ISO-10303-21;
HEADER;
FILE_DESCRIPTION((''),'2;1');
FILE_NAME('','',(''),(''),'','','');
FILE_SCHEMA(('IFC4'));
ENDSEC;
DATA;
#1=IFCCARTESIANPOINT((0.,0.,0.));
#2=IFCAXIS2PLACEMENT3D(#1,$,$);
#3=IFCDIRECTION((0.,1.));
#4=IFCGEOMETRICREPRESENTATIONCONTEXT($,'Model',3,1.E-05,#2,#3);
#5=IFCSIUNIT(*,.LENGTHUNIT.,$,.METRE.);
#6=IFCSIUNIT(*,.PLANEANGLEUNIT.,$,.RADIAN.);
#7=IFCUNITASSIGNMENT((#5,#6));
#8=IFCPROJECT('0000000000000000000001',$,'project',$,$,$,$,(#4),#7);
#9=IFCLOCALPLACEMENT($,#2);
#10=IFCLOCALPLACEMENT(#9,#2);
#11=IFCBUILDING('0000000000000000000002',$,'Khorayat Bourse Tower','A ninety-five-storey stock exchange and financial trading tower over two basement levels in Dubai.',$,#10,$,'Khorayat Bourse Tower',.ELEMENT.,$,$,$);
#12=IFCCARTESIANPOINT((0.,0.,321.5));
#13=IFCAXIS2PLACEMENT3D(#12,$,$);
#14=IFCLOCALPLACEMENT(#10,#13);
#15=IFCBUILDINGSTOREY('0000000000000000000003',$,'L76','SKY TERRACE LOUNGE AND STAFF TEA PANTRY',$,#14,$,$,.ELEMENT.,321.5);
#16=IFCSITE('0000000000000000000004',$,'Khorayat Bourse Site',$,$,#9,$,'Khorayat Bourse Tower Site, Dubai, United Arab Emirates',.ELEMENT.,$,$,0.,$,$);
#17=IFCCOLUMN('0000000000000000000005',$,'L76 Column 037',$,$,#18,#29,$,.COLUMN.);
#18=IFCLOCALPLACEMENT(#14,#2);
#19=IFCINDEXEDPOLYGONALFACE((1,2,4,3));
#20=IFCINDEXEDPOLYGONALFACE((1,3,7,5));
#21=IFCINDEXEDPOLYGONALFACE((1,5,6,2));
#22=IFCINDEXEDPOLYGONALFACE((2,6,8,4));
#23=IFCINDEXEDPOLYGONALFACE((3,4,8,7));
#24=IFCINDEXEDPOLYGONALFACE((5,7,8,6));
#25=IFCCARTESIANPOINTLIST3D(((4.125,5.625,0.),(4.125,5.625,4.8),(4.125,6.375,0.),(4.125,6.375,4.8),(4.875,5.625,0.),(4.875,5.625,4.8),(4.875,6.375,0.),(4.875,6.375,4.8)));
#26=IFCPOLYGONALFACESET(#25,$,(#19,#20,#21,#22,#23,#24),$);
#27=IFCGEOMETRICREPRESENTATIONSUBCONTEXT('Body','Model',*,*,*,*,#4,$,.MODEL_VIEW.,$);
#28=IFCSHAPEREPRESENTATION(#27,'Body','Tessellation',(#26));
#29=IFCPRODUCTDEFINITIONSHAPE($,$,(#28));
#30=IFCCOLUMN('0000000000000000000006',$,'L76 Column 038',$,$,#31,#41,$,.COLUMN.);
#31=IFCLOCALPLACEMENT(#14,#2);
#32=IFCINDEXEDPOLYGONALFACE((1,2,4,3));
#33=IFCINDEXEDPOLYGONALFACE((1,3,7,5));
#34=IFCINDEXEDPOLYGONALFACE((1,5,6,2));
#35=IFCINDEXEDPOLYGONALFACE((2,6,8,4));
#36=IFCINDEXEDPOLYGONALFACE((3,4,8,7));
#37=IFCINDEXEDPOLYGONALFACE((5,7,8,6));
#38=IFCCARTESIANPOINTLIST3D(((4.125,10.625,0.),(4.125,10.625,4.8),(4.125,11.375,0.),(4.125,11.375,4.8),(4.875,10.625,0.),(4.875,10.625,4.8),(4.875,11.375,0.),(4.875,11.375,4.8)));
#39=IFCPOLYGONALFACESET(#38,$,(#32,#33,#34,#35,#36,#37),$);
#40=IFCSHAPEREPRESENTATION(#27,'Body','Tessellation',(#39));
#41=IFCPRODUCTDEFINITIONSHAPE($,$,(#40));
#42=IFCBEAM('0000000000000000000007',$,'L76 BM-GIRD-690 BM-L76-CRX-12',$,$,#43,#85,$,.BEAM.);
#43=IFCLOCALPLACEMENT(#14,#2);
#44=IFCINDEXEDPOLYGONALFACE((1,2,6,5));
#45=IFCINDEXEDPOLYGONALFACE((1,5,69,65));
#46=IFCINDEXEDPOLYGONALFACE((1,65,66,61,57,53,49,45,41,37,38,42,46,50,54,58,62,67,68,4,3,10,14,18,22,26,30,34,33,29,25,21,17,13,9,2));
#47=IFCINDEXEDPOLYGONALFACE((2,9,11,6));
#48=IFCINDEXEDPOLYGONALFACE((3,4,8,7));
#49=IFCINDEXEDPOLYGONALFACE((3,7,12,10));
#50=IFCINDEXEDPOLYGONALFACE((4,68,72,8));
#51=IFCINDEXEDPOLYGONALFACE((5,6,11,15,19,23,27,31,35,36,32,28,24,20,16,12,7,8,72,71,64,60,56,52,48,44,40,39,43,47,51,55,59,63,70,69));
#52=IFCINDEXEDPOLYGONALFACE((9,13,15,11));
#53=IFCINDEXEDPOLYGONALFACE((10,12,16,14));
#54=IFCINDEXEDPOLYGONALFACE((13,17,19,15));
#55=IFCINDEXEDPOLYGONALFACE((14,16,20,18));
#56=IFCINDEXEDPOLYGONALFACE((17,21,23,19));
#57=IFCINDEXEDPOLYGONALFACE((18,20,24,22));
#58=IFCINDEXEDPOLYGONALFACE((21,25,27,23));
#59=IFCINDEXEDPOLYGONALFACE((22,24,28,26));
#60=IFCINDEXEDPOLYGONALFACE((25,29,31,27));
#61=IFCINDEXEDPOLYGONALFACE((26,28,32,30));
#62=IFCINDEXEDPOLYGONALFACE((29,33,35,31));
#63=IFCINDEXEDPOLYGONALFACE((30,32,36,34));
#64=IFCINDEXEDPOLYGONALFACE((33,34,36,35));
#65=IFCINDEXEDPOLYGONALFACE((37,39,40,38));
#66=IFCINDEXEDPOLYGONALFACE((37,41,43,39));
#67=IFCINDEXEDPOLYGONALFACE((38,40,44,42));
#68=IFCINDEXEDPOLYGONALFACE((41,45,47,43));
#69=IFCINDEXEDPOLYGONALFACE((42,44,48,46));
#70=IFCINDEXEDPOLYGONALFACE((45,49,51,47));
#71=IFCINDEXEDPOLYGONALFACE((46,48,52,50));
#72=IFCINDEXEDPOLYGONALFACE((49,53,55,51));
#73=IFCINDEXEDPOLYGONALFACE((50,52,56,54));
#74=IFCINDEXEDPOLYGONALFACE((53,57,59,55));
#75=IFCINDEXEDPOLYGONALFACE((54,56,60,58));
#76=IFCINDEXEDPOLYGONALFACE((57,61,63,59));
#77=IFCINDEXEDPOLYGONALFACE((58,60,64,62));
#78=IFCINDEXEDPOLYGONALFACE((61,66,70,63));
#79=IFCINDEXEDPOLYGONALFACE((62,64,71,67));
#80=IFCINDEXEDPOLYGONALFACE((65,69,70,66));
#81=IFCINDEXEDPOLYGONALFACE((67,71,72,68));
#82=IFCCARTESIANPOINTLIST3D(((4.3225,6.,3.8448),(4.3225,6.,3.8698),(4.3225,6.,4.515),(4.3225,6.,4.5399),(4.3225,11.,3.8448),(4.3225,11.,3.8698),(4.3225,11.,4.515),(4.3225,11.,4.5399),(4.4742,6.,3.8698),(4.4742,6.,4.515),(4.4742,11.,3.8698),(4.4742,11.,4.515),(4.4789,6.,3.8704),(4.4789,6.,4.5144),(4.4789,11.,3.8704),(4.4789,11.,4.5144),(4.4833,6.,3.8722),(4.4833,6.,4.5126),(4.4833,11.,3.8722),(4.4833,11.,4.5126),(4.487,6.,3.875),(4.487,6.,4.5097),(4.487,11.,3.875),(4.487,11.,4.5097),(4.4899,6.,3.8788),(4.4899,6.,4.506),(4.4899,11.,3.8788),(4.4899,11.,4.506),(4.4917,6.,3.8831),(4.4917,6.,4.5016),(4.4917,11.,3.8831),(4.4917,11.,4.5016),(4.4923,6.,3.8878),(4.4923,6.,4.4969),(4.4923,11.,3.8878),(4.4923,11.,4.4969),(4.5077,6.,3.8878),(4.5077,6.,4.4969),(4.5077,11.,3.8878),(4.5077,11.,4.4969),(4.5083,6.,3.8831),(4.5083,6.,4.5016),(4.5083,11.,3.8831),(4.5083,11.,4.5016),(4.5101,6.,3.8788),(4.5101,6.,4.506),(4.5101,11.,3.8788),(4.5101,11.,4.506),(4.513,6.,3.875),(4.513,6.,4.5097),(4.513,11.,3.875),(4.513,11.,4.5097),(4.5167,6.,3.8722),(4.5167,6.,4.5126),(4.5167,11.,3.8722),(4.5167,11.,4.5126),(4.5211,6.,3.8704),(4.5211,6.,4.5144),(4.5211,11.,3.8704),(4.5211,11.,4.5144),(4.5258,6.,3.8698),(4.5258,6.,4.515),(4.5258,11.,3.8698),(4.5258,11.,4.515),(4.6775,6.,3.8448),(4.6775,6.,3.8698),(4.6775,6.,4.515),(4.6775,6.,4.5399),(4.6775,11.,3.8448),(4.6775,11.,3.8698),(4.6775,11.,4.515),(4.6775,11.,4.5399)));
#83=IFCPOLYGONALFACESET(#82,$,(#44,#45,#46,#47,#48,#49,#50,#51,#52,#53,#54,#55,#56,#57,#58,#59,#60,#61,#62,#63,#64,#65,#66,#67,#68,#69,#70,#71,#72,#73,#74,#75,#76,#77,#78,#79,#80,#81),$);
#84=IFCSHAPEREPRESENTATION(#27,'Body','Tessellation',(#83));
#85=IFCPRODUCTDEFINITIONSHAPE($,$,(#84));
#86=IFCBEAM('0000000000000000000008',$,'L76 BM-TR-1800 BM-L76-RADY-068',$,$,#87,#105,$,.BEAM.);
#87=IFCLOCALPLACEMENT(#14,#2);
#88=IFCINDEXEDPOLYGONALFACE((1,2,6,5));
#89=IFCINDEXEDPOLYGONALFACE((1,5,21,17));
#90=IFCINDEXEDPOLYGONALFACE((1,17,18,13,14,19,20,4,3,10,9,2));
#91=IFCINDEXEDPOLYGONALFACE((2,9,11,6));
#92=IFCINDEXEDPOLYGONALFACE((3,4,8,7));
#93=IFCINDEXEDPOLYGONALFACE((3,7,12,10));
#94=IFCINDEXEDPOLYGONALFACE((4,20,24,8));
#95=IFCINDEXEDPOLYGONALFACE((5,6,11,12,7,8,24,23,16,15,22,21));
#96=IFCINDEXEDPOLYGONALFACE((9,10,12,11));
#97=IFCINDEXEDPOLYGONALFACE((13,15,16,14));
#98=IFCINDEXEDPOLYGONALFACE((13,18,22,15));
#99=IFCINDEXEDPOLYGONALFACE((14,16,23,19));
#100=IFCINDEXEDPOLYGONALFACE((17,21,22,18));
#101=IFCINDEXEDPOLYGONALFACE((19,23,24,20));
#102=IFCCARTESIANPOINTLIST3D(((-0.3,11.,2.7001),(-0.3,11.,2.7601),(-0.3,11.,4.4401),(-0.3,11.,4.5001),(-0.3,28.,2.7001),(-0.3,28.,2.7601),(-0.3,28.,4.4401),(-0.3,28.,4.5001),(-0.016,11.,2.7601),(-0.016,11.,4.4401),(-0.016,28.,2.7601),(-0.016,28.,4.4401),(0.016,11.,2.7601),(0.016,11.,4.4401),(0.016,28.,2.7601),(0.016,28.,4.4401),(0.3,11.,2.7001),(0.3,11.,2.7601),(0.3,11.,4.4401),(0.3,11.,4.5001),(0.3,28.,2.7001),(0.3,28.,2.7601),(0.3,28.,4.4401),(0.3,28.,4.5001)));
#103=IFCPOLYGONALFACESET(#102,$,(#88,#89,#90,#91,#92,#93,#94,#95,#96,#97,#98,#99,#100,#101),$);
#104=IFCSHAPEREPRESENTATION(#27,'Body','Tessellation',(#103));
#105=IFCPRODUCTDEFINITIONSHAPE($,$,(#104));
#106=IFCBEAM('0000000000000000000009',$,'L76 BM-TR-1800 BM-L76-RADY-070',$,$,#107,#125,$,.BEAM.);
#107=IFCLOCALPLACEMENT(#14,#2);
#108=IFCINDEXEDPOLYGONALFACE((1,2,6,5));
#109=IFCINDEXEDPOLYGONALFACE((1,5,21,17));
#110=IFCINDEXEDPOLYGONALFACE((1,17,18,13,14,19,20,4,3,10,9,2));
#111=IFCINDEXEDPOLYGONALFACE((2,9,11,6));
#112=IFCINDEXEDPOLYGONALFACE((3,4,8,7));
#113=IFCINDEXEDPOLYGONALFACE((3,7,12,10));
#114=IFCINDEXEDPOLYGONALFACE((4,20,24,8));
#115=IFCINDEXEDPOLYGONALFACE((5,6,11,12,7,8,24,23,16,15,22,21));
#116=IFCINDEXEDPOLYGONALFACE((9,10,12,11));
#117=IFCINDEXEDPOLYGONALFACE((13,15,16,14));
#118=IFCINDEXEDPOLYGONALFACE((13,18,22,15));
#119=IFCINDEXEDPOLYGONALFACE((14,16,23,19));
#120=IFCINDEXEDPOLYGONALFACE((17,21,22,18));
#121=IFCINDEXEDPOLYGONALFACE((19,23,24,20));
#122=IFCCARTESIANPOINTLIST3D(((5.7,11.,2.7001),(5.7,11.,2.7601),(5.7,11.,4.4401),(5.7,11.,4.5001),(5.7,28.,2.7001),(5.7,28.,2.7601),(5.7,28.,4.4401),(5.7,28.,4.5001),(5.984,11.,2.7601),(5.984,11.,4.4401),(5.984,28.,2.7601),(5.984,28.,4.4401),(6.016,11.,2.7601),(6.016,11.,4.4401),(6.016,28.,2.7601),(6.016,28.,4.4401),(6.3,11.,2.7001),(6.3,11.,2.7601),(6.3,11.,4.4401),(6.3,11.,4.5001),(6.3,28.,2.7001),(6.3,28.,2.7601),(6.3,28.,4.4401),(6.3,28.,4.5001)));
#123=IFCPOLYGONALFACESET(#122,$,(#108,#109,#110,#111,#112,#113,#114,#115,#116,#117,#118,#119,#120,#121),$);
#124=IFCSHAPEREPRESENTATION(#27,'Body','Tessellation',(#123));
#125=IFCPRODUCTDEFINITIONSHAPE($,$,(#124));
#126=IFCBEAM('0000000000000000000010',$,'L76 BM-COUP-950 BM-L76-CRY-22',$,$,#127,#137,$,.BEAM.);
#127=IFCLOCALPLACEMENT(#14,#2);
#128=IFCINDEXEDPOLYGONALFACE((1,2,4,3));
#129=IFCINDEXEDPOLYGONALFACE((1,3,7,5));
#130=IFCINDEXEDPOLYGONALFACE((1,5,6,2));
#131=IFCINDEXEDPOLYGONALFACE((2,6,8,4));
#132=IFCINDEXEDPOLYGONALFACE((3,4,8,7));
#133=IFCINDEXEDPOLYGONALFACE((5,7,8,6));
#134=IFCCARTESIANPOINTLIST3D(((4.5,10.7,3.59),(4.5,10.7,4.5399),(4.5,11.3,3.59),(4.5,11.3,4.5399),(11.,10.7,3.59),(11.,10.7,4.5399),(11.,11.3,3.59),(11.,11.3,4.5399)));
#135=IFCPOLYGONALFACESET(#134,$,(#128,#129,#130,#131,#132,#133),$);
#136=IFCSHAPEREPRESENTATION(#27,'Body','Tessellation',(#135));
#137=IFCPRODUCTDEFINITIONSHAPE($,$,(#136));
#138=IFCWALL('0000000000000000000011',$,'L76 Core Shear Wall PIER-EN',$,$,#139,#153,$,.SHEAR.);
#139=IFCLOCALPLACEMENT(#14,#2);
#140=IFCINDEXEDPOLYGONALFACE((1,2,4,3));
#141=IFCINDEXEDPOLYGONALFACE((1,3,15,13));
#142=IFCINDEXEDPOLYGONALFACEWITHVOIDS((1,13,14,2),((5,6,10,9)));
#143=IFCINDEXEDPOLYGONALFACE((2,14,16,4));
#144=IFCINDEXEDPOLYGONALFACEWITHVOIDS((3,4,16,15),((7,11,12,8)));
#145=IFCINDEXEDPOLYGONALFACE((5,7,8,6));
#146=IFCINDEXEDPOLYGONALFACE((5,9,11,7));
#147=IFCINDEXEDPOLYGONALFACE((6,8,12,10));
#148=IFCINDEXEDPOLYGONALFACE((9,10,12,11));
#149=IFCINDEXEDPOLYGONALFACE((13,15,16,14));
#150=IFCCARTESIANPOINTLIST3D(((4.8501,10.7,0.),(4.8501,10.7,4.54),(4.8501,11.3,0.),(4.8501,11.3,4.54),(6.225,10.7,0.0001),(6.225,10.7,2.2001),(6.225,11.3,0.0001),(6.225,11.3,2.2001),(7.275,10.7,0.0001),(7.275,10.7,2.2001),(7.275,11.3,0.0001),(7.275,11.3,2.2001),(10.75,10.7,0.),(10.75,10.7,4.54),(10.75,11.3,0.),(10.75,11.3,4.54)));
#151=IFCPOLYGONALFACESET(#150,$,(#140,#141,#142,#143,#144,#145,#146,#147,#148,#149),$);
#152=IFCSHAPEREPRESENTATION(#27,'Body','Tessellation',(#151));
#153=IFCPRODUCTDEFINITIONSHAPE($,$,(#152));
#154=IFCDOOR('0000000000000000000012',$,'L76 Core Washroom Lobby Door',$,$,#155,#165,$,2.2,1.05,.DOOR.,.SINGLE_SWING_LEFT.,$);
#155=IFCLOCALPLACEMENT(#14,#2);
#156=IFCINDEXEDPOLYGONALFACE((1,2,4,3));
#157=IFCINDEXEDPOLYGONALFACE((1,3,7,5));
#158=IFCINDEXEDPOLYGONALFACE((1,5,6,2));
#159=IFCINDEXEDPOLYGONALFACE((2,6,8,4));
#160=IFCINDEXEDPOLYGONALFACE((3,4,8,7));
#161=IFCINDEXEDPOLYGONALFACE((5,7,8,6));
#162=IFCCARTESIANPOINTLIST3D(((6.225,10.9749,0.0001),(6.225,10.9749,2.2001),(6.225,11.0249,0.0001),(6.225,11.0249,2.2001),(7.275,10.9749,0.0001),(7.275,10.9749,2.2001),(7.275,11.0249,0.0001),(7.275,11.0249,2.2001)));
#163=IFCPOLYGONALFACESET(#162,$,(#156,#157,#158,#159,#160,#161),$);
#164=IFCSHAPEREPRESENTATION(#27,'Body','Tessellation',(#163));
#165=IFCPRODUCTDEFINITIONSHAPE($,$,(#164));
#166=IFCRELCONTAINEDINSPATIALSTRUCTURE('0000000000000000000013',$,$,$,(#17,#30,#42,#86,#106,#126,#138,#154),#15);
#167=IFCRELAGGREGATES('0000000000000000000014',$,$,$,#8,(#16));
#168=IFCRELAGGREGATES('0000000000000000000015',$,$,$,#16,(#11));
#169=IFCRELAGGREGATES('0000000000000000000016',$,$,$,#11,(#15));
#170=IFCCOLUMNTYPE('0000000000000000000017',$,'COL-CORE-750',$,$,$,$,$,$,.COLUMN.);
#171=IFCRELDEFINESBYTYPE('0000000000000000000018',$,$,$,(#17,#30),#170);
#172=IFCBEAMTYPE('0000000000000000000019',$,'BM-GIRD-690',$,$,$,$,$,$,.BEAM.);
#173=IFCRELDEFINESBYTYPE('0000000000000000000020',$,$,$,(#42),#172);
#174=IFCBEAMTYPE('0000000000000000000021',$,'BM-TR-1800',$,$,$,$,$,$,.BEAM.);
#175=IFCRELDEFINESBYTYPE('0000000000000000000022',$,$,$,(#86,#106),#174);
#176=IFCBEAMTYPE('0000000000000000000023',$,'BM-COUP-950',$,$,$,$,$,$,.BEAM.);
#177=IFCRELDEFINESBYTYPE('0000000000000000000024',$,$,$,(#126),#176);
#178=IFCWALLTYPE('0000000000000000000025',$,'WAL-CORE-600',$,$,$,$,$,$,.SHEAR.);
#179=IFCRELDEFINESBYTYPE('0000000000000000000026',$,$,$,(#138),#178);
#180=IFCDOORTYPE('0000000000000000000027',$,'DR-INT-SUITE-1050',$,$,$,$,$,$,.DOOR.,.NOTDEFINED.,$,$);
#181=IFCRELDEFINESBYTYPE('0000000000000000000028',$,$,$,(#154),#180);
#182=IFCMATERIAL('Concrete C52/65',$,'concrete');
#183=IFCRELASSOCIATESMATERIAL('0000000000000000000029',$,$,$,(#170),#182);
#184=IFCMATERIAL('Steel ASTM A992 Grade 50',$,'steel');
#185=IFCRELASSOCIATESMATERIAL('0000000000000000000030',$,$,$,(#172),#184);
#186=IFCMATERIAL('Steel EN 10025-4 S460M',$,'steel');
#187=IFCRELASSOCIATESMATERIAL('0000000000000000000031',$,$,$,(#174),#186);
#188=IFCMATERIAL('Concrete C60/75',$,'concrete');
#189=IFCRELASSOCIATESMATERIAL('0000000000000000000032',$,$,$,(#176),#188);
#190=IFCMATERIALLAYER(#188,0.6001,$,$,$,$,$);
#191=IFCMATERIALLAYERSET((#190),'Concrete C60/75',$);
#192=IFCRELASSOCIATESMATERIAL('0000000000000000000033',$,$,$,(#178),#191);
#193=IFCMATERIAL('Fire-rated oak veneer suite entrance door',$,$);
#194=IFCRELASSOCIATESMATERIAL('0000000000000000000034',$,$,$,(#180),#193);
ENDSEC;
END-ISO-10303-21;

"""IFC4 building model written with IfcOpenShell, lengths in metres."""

from ifc_helpers import new_model, si_unit, direction, frame, frame_2d, origin, origin_2d, place, context, subcontext, project, spatial, rectangle, i_section, extrude, source, transform, mapped, material, layer, layer_set, material_profile, profile_set, type_object, element, fill, save


model = new_model("IFC4")

# Units and contexts
model_context = context("Model", 3, precision=1e-05, world=origin(), true_north=direction((0.0, 1.0)))
body_context = subcontext(model_context, "Body", "Model", "MODEL_VIEW")
ifc_project = project(units=[si_unit("LENGTHUNIT", "METRE"), si_unit("PLANEANGLEUNIT", "RADIAN")], contexts=[model_context])

# Site, building, storey
site_placement = place(None, origin())
site = spatial("IfcSite", under=ifc_project, at=site_placement, Name="Khorayat Bourse Site", LongName="Khorayat Bourse Tower Site, Dubai, United Arab Emirates", CompositionType="ELEMENT", RefElevation=0.0)
building_placement = place(site_placement, origin())
building = spatial("IfcBuilding", under=site, at=building_placement, Name="Khorayat Bourse Tower", Description="A ninety-five-storey stock exchange and financial trading tower over two basement levels in Dubai.", LongName="Khorayat Bourse Tower", CompositionType="ELEMENT")
storey_placement = place(building_placement, frame((0.0, 0.0, 321.5)))
storey = spatial("IfcBuildingStorey", under=building, at=storey_placement, Name="L76", Description="SKY TERRACE LOUNGE AND STAFF TEA PANTRY", CompositionType="ELEMENT", Elevation=321.5)

# Columns
ifc_material_1 = material(Name="Concrete C52/65", Category="concrete")
ifc_material_profile_1 = material_profile(ifc_material_1, rectangle(XDim=0.75, YDim=0.75, at=origin_2d()), Name="RC 750x750")
ifc_profile_set_1 = profile_set([ifc_material_profile_1], Name="Concrete C52/65")
column_type = type_object("IfcColumnType", Name="COL-CORE-750", PredefinedType="COLUMN", material=ifc_profile_set_1)
shared_shape_1 = source(origin(), body_context, "Body", "SweptSolid", [
    extrude(rectangle(XDim=0.75, YDim=0.75, at=origin_2d()), origin(), (0.0, 0.0, 1.0), 4.8),
])
for number, where, z_axis, x_axis, name in (
    (1, (4.5, 6.0, 0.0), (0.0, 0.0, 1.0), (1.0, 0.0, 0.0), "L76 Column 037"),
    (2, (4.5, 11.0, 0.0), (0.0, 0.0, 1.0), (1.0, 0.0, 0.0), "L76 Column 038"),
):
    element("IfcColumn", number, at=place(storey_placement, frame(where, z_axis=z_axis, x_axis=x_axis)), inside=storey, type_object=column_type, Name=name, PredefinedType="COLUMN", context=body_context, shape_type="MappedRepresentation", body=[
        mapped(shared_shape_1, transform((0.0, 0.0, 0.0), scale=1.0)),
    ])

# Beams
ifc_material_2 = material(Name="Steel ASTM A992 Grade 50", Category="steel")
ifc_material_profile_2 = material_profile(ifc_material_2, i_section(OverallWidth=0.355, OverallDepth=0.6951, WebThickness=0.0154, FlangeThickness=0.0249, FilletRadius=0.0181, at=origin_2d()), Name="W690X217")
ifc_profile_set_2 = profile_set([ifc_material_profile_2], Name="Steel ASTM A992 Grade 50")
beam_type_1 = type_object("IfcBeamType", Name="BM-GIRD-690", PredefinedType="BEAM", material=ifc_profile_set_2)
shared_shape_2 = source(origin(), body_context, "Body", "SweptSolid", [
    extrude(i_section(OverallWidth=0.355, OverallDepth=0.6951, WebThickness=0.0154, FlangeThickness=0.0249, FilletRadius=0.0181, at=origin_2d()), origin(), (0.0, 0.0, 1.0), 5.0),
])
beam_1_placement = place(storey_placement, frame((4.5, 6.0, 4.1924), z_axis=(0.0, 1.0, 0.0), x_axis=(-1.0, 0.0, 0.0)))
element("IfcBeam", 3, at=beam_1_placement, inside=storey, type_object=beam_type_1, Name="L76 BM-GIRD-690 BM-L76-CRX-12", PredefinedType="BEAM", context=body_context, shape_type="MappedRepresentation", body=[
    mapped(shared_shape_2, transform((0.0, 0.0, 0.0), scale=1.0)),
])
ifc_material_3 = material(Name="Steel EN 10025-4 S460M", Category="steel")
ifc_material_profile_3 = material_profile(ifc_material_3, i_section(OverallWidth=0.6001, OverallDepth=1.8, WebThickness=0.032, FlangeThickness=0.0601, at=origin_2d()), Name="PG 1800x600x32x60")
ifc_profile_set_3 = profile_set([ifc_material_profile_3], Name="Steel EN 10025-4 S460M")
beam_type_2 = type_object("IfcBeamType", Name="BM-TR-1800", PredefinedType="BEAM", material=ifc_profile_set_3)
shared_shape_3 = source(origin(), body_context, "Body", "SweptSolid", [
    extrude(i_section(OverallWidth=0.6001, OverallDepth=1.8, WebThickness=0.032, FlangeThickness=0.0601, at=origin_2d()), origin(), (0.0, 0.0, 1.0), 17.0),
])
for number, where, z_axis, x_axis, name in (
    (4, (0.0, 11.0, 3.6001), (0.0, 1.0, 0.0), (-1.0, 0.0, 0.0), "L76 BM-TR-1800 BM-L76-RADY-068"),
    (5, (6.0, 11.0, 3.6001), (0.0, 1.0, 0.0), (-1.0, 0.0, 0.0), "L76 BM-TR-1800 BM-L76-RADY-070"),
):
    element("IfcBeam", number, at=place(storey_placement, frame(where, z_axis=z_axis, x_axis=x_axis)), inside=storey, type_object=beam_type_2, Name=name, PredefinedType="BEAM", context=body_context, shape_type="MappedRepresentation", body=[
        mapped(shared_shape_3, transform((0.0, 0.0, 0.0), scale=1.0)),
    ])
ifc_material_4 = material(Name="Concrete C60/75", Category="concrete")
ifc_material_profile_4 = material_profile(ifc_material_4, rectangle(XDim=0.6001, YDim=0.95, at=origin_2d()), Name="RC 600x950")
ifc_profile_set_4 = profile_set([ifc_material_profile_4], Name="Concrete C60/75")
beam_type_3 = type_object("IfcBeamType", Name="BM-COUP-950", PredefinedType="BEAM", material=ifc_profile_set_4)
shared_shape_4 = source(origin(), body_context, "Body", "SweptSolid", [
    extrude(rectangle(XDim=0.6001, YDim=0.95, at=origin_2d()), origin(), (0.0, 0.0, 1.0), 6.5),
])
beam_2_placement = place(storey_placement, frame((4.5, 11.0, 4.0649), z_axis=(1.0, 0.0, 0.0), x_axis=(0.0, 1.0, 0.0)))
element("IfcBeam", 6, at=beam_2_placement, inside=storey, type_object=beam_type_3, Name="L76 BM-COUP-950 BM-L76-CRY-22", PredefinedType="BEAM", context=body_context, shape_type="MappedRepresentation", body=[
    mapped(shared_shape_4, transform((0.0, 0.0, 0.0), scale=1.0)),
])

# Wall, opening, door
ifc_layer_1 = layer(ifc_material_4, 0.6001)
ifc_layer_set_1 = layer_set([ifc_layer_1], Name="Concrete C60/75")
wall_type_1 = type_object("IfcWallType", Name="WAL-CORE-600", PredefinedType="SHEAR", material=ifc_layer_set_1)
shared_shape_5 = source(origin(), body_context, "Body", "SweptSolid", [
    extrude(rectangle(XDim=5.8999, YDim=0.6001, at=frame_2d((2.95, 0.0))), origin(), (0.0, 0.0, 1.0), 4.54),
])
wall_1_placement = place(storey_placement, frame((4.8501, 11.0, 0.0), z_axis=(0.0, 0.0, 1.0), x_axis=(1.0, 0.0, 0.0)))
wall_1 = element("IfcWall", 7, at=wall_1_placement, inside=storey, type_object=wall_type_1, Name="L76 Core Shear Wall PIER-EN", PredefinedType="SHEAR", context=body_context, shape_type="MappedRepresentation", body=[
    mapped(shared_shape_5, transform((0.0, 0.0, 0.0), scale=1.0)),
])
shared_shape_6 = source(origin(), body_context, "Body", "SweptSolid", [
    extrude(rectangle(XDim=1.05, YDim=2.2, at=frame_2d((0.5249, 1.1001))), frame((0.0, 0.3101, 0.0), z_axis=(0.0, -1.0, 0.0), x_axis=(1.0, 0.0, 0.0)), (0.0, 0.0, 1.0), 0.6201),
])
opening_1_placement = place(wall_1_placement, frame((1.375, 0.0, 0.0)))
opening_1 = element("IfcOpeningElement", 8, at=opening_1_placement, cuts=wall_1, PredefinedType="OPENING", context=body_context, shape_type="MappedRepresentation", body=[
    mapped(shared_shape_6, transform((0.0, 0.0, 0.0), scale=1.0)),
])
ifc_material_5 = material(Name="Fire-rated oak veneer suite entrance door")
door_type_1 = type_object("IfcDoorType", Name="DR-INT-SUITE-1050", OperationType="NOTDEFINED", PredefinedType="DOOR", material=ifc_material_5)
shared_shape_7 = source(origin(), body_context, "Body", "SweptSolid", [
    extrude(rectangle(XDim=1.05, YDim=2.2, at=frame_2d((0.5249, 1.1001))), frame((0.0, 0.0249, 0.0), z_axis=(0.0, -1.0, 0.0), x_axis=(1.0, 0.0, 0.0)), (0.0, 0.0, 1.0), 0.05),
])
door_1_placement = place(opening_1_placement, origin())
door_1 = element("IfcDoor", 9, at=door_1_placement, inside=storey, type_object=door_type_1, Name="L76 Core Washroom Lobby Door", OperationType="SINGLE_SWING_LEFT", OverallHeight=2.2, OverallWidth=1.05, PredefinedType="DOOR", context=body_context, shape_type="MappedRepresentation", body=[
    mapped(shared_shape_7, transform((0.0, 0.0, 0.0), scale=1.0)),
])
fill(opening_1, door_1)

save(model, "model.ifc")
